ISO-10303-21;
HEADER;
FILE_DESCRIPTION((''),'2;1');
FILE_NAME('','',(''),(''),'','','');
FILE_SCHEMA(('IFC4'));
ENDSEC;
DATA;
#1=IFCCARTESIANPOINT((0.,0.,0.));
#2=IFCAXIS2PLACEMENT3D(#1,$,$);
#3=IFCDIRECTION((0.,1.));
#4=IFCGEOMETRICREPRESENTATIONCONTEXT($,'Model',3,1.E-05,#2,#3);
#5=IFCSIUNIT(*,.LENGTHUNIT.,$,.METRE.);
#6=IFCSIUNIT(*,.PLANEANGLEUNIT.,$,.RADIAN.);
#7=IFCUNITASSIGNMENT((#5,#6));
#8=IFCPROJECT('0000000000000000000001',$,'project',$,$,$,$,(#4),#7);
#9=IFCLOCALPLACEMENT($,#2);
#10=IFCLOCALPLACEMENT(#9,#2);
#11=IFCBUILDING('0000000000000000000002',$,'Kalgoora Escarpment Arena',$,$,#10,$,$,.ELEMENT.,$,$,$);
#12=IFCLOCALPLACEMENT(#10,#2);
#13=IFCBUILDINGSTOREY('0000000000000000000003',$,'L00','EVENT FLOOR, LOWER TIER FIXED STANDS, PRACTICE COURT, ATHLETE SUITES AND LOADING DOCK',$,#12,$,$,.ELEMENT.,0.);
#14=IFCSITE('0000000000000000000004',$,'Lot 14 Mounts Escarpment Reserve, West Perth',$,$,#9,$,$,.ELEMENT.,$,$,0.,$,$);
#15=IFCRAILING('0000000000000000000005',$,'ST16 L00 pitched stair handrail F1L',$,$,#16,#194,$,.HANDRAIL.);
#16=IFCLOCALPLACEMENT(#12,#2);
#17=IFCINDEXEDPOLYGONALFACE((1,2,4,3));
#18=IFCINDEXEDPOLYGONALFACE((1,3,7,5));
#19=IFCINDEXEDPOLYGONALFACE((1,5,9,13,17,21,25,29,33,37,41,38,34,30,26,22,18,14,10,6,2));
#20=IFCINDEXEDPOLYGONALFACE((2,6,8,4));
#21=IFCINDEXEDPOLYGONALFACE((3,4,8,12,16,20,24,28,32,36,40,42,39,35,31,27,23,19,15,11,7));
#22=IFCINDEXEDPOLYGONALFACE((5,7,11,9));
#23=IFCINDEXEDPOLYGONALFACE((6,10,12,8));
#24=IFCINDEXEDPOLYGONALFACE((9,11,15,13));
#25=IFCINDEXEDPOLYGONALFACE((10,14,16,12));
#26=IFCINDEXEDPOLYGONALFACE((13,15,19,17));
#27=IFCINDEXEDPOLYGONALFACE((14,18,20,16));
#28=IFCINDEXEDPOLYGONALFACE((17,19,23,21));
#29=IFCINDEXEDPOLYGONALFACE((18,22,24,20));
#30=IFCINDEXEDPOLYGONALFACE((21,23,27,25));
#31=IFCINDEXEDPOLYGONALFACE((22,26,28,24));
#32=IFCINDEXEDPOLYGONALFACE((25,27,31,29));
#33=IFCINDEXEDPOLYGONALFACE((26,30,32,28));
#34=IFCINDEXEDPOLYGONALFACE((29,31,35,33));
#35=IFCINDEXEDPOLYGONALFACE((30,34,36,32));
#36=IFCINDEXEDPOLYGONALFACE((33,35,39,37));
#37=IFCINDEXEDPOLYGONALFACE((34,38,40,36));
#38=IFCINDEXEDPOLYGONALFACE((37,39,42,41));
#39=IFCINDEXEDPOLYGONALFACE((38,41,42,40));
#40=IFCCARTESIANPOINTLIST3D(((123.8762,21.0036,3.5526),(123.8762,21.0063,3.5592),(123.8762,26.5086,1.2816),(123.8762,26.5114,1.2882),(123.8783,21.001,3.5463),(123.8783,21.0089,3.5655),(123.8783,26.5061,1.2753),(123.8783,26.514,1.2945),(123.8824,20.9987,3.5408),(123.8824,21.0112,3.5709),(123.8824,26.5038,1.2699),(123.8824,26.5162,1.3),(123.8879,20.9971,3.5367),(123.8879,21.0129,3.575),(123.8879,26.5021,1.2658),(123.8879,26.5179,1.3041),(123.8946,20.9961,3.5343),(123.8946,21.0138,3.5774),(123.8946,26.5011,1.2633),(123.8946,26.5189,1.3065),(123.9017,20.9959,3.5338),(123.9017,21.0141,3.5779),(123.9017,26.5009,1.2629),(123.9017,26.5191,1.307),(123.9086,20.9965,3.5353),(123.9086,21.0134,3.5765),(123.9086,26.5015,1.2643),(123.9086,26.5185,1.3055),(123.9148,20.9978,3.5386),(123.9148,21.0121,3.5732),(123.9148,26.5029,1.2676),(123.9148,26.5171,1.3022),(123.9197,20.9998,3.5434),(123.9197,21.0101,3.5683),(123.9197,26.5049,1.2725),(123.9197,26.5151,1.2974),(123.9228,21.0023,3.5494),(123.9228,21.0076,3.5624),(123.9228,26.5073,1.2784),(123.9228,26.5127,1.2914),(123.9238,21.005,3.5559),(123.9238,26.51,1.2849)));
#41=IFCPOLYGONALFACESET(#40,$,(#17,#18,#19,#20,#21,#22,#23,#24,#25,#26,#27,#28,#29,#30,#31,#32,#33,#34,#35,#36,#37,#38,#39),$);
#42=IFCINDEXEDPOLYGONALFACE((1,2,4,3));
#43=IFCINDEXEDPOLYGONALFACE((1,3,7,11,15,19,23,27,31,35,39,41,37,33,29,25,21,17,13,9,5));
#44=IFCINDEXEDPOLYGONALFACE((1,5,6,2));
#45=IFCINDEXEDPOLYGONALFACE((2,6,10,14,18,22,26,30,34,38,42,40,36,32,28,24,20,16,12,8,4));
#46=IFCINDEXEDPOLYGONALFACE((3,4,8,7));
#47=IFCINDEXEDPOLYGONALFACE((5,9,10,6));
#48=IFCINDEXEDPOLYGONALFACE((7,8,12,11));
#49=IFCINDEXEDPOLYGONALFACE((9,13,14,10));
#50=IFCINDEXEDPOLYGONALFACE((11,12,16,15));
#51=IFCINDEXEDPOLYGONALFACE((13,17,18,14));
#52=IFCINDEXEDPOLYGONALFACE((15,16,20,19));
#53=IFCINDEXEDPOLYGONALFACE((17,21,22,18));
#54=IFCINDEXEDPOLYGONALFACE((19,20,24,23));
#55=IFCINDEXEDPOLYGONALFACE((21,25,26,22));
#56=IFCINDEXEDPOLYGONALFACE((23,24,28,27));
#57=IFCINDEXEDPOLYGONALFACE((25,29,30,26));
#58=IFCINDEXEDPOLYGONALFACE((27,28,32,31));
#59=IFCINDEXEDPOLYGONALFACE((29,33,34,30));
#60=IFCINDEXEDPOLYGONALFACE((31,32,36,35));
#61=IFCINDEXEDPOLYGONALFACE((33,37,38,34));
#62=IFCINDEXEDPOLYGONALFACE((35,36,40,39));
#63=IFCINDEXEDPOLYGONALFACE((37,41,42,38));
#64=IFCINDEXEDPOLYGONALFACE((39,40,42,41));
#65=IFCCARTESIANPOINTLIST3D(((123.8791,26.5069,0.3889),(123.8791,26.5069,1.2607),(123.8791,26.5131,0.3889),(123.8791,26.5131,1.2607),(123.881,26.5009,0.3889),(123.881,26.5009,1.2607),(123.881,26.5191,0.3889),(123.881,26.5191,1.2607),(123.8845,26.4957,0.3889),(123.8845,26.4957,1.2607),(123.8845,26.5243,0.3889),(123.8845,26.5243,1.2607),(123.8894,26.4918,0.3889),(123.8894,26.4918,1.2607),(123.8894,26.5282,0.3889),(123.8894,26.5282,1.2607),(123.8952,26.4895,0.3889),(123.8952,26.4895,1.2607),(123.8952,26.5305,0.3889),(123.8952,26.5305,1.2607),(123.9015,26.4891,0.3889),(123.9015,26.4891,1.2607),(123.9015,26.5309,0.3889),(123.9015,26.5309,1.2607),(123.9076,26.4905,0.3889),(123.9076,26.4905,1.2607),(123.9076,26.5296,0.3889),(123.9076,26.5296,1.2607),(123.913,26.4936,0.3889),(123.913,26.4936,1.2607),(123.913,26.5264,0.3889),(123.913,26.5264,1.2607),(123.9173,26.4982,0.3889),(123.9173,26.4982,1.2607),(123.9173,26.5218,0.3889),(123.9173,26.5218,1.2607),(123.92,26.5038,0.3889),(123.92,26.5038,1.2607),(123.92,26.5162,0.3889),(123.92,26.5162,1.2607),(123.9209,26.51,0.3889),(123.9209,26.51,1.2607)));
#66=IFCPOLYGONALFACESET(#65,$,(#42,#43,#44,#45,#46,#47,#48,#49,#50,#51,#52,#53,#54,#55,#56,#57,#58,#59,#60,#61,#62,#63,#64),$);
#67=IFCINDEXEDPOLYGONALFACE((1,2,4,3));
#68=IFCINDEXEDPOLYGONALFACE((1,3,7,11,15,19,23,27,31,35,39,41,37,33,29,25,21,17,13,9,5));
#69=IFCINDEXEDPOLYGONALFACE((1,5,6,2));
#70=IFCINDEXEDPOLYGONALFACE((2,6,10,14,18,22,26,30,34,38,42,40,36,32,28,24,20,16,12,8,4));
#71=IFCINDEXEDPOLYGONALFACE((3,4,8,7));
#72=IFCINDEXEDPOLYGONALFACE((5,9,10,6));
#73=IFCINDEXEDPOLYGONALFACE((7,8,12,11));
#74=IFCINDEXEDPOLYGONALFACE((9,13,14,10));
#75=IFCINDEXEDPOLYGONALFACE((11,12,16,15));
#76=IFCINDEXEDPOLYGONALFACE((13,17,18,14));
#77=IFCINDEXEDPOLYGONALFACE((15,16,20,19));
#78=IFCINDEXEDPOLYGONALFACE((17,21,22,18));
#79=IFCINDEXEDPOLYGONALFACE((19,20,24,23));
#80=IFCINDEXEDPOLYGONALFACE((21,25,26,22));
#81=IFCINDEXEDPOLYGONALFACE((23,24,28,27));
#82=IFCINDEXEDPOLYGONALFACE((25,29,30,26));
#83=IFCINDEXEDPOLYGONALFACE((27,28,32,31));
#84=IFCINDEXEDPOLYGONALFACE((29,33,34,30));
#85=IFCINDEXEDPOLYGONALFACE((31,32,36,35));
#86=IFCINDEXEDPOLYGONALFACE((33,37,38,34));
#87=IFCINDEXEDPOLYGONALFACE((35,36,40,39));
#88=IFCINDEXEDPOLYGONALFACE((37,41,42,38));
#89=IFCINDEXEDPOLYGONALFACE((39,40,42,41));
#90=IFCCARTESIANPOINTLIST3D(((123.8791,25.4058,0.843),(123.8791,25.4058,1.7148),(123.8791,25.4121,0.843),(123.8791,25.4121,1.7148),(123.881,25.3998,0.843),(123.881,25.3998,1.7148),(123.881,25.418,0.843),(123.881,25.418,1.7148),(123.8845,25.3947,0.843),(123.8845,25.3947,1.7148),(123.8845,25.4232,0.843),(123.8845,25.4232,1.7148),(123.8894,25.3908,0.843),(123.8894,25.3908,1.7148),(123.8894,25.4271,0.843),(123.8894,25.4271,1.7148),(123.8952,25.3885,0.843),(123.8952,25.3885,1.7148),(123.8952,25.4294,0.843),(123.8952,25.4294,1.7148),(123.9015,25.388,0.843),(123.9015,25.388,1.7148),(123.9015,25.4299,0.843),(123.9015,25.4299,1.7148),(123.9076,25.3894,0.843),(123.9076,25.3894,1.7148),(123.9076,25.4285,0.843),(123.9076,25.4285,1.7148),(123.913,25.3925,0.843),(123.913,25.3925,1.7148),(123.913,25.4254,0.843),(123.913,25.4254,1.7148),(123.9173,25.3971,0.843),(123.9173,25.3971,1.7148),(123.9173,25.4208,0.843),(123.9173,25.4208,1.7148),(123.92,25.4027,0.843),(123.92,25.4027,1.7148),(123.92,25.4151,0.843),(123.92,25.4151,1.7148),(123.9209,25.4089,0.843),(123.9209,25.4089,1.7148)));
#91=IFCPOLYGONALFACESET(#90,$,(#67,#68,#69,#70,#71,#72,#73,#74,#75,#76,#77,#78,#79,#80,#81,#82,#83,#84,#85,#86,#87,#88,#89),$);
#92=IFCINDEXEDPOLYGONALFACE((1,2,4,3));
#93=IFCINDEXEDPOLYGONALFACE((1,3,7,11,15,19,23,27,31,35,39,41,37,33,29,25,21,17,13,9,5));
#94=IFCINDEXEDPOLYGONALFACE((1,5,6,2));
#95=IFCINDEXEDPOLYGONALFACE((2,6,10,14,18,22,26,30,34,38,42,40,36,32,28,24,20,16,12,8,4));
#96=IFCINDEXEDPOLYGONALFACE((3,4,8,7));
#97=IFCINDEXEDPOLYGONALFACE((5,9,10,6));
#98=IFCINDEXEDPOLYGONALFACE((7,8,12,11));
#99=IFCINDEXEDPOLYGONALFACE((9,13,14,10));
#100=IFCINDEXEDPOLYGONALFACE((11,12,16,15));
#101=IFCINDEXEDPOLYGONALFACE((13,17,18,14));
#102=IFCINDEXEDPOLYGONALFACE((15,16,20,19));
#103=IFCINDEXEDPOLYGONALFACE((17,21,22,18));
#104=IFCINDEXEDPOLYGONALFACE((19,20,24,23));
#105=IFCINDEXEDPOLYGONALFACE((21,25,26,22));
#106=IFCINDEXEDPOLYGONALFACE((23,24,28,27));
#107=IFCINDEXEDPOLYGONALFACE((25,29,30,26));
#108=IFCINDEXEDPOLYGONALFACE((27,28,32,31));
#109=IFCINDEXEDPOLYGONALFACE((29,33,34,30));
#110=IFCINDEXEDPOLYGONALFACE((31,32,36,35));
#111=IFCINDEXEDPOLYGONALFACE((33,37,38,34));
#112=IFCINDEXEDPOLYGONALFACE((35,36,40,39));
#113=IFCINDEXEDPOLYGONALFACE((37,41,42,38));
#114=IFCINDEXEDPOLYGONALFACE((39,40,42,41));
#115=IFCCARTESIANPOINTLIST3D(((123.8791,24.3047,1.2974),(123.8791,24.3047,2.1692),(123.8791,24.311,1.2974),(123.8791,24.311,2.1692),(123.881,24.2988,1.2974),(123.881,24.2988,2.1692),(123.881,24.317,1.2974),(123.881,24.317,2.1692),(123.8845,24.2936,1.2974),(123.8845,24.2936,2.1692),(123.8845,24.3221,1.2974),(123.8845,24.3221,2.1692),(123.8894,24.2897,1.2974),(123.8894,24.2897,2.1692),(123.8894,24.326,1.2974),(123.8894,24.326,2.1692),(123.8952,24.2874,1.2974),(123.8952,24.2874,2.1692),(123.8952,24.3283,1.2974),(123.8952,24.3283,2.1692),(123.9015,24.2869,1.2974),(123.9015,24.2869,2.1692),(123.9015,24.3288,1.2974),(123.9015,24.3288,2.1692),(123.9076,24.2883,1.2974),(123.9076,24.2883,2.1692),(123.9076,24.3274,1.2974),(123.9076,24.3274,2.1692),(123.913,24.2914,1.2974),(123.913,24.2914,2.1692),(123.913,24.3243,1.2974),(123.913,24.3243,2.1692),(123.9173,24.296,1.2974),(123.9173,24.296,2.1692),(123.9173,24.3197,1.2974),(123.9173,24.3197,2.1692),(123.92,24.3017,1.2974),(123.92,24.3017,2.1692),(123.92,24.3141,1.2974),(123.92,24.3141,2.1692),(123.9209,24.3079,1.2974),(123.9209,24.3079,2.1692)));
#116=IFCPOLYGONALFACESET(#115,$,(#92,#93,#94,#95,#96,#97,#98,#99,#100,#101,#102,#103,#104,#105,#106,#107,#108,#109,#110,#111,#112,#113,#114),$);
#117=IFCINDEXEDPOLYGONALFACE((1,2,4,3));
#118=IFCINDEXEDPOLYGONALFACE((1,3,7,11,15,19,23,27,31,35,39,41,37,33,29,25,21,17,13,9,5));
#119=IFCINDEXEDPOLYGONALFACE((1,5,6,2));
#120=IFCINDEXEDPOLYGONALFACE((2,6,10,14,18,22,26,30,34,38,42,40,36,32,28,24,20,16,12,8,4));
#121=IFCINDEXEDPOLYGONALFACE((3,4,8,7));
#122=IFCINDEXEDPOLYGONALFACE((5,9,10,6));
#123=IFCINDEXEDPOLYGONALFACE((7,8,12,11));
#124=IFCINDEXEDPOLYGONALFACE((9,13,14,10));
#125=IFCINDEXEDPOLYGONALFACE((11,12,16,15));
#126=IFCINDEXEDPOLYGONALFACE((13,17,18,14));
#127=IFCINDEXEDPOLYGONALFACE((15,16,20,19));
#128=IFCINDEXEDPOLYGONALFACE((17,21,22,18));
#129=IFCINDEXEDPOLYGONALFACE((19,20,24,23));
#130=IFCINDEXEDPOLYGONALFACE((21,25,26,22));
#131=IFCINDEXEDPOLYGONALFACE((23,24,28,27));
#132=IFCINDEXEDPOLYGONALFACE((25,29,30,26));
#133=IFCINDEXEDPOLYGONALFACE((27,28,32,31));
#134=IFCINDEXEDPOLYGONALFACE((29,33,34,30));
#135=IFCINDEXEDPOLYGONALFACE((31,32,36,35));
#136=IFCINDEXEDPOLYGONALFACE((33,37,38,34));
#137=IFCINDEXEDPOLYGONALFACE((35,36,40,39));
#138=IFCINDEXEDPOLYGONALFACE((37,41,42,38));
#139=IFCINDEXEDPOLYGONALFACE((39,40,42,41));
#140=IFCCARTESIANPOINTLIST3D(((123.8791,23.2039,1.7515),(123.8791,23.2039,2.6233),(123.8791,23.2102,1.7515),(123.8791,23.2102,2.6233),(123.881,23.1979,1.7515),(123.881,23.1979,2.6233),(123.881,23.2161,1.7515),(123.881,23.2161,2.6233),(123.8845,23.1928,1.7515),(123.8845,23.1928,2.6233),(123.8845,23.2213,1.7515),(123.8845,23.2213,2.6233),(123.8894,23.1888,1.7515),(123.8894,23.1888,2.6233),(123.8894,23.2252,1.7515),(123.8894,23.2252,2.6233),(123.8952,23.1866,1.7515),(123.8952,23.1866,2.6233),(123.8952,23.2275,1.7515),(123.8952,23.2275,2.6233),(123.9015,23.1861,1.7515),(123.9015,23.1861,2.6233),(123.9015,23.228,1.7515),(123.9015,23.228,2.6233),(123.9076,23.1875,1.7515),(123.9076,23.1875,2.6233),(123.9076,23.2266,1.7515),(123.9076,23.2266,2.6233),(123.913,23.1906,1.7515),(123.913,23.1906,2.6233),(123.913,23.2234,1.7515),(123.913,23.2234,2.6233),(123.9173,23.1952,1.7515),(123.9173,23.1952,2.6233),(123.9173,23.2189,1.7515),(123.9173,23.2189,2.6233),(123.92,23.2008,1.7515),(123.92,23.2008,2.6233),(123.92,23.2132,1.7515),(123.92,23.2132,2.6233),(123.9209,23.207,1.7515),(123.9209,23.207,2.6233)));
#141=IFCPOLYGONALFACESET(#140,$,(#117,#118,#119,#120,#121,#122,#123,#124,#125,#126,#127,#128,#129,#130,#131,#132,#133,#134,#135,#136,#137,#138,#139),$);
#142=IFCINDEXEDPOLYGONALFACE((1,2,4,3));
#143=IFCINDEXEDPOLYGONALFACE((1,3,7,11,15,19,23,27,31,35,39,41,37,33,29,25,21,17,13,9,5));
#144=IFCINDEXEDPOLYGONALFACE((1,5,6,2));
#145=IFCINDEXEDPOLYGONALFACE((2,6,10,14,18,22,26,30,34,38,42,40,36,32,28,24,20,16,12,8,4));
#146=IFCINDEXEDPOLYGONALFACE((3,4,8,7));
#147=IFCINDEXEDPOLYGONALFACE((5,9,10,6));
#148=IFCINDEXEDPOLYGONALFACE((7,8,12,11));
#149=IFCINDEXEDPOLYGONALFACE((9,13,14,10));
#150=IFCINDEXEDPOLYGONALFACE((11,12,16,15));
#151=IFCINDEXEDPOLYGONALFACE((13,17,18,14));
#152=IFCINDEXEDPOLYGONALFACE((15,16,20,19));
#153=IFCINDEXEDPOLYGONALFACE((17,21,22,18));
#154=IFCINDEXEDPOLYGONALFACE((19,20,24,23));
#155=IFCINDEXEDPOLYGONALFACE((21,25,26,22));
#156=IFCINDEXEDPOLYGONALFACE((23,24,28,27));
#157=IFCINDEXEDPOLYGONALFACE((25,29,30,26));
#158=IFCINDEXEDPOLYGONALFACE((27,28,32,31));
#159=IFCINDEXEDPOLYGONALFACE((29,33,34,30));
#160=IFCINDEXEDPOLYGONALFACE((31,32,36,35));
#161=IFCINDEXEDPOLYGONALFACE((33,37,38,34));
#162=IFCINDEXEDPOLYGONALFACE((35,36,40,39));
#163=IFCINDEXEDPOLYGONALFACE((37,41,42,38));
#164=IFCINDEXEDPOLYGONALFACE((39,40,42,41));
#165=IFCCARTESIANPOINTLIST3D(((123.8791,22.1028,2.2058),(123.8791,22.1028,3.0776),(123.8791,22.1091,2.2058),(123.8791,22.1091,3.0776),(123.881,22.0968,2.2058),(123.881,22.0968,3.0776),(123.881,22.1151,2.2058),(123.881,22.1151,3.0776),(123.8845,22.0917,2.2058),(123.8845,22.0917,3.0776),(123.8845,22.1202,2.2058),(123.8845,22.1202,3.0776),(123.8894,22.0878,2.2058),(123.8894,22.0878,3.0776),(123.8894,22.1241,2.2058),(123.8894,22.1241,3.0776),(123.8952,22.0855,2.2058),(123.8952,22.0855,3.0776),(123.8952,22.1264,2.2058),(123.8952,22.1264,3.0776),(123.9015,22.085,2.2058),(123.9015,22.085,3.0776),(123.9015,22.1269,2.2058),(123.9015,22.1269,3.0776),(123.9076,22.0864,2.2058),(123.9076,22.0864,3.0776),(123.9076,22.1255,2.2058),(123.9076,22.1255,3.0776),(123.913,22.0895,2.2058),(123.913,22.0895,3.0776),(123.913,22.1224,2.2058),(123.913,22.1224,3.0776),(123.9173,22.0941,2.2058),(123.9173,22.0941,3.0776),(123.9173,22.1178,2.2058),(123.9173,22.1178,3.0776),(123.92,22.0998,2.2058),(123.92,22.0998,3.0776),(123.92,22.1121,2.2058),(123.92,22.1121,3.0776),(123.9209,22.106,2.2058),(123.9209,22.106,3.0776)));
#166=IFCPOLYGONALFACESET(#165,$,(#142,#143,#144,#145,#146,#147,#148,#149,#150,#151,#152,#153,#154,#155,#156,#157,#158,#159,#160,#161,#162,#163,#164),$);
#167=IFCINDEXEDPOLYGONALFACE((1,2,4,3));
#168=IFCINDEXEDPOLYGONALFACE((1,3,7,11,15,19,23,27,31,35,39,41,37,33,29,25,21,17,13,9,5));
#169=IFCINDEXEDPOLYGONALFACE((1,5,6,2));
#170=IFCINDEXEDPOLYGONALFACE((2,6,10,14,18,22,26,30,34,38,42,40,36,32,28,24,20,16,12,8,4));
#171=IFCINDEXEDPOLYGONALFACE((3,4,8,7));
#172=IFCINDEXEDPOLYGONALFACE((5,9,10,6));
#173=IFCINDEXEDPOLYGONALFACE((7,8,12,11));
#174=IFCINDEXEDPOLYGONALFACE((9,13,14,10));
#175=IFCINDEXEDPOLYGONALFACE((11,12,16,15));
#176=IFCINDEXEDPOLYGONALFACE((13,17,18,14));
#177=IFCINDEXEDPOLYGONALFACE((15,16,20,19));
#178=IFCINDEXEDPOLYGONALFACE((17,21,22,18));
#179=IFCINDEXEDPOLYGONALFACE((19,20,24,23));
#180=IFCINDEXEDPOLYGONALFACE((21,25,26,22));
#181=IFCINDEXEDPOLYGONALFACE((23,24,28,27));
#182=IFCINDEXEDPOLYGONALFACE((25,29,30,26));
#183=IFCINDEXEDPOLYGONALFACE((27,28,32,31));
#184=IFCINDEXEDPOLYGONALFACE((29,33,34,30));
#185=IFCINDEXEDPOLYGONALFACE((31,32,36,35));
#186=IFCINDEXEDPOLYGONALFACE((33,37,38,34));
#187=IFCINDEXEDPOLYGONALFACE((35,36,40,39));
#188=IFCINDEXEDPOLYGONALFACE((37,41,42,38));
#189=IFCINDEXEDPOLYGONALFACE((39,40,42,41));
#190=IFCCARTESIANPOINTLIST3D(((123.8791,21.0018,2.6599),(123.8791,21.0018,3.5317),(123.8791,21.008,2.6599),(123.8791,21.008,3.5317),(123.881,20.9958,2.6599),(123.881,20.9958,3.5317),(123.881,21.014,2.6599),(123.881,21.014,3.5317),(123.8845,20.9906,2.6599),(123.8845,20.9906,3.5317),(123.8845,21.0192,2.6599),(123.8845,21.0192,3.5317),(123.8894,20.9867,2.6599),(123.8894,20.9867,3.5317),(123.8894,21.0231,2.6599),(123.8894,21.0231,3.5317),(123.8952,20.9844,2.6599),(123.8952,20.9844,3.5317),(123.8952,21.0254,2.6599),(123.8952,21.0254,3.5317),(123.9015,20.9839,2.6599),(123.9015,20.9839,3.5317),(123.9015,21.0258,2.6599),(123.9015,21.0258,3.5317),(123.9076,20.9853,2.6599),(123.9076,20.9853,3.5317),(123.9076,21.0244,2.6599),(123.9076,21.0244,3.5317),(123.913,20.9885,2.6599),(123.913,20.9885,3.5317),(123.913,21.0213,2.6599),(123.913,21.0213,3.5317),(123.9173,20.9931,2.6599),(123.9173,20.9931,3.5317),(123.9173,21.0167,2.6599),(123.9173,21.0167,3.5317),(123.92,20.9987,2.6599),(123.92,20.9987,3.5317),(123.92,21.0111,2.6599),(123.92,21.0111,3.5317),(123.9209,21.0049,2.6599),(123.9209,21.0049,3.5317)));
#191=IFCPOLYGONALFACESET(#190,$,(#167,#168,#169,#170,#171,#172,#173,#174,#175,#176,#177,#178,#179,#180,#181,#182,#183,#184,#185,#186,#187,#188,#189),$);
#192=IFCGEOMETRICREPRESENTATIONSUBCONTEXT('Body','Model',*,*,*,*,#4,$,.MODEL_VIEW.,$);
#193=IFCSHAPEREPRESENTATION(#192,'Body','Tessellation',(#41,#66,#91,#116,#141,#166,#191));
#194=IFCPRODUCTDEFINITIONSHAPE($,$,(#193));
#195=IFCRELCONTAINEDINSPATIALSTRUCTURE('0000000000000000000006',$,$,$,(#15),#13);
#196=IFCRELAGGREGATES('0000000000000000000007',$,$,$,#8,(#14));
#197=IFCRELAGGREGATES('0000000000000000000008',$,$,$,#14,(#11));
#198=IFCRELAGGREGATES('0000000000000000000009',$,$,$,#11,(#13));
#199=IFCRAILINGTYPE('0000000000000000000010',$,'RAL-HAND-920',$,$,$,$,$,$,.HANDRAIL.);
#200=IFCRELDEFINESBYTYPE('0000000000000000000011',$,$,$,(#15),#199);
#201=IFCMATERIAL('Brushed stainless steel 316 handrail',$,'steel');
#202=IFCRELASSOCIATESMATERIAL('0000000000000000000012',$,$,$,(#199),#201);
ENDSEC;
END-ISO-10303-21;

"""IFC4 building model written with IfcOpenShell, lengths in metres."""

from ifc_helpers import new_model, si_unit, direction, frame, origin, origin_2d, place, context, subcontext, project, spatial, circle, extrude, material, type_object, element, save


model = new_model("IFC4")

# Units and contexts
model_context = context("Model", 3, precision=1e-05, world=origin(), true_north=direction((0.0, 1.0)))
body_context = subcontext(model_context, "Body", "Model", "MODEL_VIEW")
ifc_project = project(units=[si_unit("LENGTHUNIT", "METRE"), si_unit("PLANEANGLEUNIT", "RADIAN")], contexts=[model_context])

# Site, building, storey
site_placement = place(None, origin())
site = spatial("IfcSite", under=ifc_project, at=site_placement, Name="Lot 14 Mounts Escarpment Reserve, West Perth", CompositionType="ELEMENT", RefElevation=0.0)
building_placement = place(site_placement, origin())
building = spatial("IfcBuilding", under=site, at=building_placement, Name="Kalgoora Escarpment Arena", CompositionType="ELEMENT")
storey_placement = place(building_placement, origin())
storey = spatial("IfcBuildingStorey", under=building, at=storey_placement, Name="L00", Description="EVENT FLOOR, LOWER TIER FIXED STANDS, PRACTICE COURT, ATHLETE SUITES AND LOADING DOCK", CompositionType="ELEMENT", Elevation=0.0)

# Railing
ifc_material_1 = material(Name="Brushed stainless steel 316 handrail", Category="steel")
railing_type = type_object("IfcRailingType", Name="RAL-HAND-920", PredefinedType="HANDRAIL", material=ifc_material_1)
for number, where, name in (
    (1, (123.8999, 26.51, 0.3889), "ST16 L00 pitched stair handrail F1L"),
):
    element("IfcRailing", number, at=place(storey_placement, frame(where)), inside=storey, type_object=railing_type, Name=name, PredefinedType="HANDRAIL", context=body_context, shape_type="SweptSolid", body=[
        extrude(circle(Radius=0.0239, at=origin_2d()), frame((0.0, 0.0, 0.896), z_axis=(0.0, -0.924431, 0.38135), x_axis=(1.0, 0.0, 0.0)), (0.0, 0.0, 1.0), 5.9551),
        extrude(circle(Radius=0.021, at=origin_2d()), origin(), (0.0, 0.0, 1.0), 0.8718),
        extrude(circle(Radius=0.021, at=origin_2d()), frame((0.0, -1.1011, 0.4541)), (0.0, 0.0, 1.0), 0.8718),
        extrude(circle(Radius=0.021, at=origin_2d()), frame((0.0, -2.2021, 0.9084)), (0.0, 0.0, 1.0), 0.8718),
        extrude(circle(Radius=0.021, at=origin_2d()), frame((0.0, -3.303, 1.3625)), (0.0, 0.0, 1.0), 0.8718),
        extrude(circle(Radius=0.021, at=origin_2d()), frame((0.0, -4.4041, 1.8169)), (0.0, 0.0, 1.0), 0.8718),
        extrude(circle(Radius=0.021, at=origin_2d()), frame((0.0, -5.5051, 2.271)), (0.0, 0.0, 1.0), 0.8718),
    ])

save(model, "model.ifc")
